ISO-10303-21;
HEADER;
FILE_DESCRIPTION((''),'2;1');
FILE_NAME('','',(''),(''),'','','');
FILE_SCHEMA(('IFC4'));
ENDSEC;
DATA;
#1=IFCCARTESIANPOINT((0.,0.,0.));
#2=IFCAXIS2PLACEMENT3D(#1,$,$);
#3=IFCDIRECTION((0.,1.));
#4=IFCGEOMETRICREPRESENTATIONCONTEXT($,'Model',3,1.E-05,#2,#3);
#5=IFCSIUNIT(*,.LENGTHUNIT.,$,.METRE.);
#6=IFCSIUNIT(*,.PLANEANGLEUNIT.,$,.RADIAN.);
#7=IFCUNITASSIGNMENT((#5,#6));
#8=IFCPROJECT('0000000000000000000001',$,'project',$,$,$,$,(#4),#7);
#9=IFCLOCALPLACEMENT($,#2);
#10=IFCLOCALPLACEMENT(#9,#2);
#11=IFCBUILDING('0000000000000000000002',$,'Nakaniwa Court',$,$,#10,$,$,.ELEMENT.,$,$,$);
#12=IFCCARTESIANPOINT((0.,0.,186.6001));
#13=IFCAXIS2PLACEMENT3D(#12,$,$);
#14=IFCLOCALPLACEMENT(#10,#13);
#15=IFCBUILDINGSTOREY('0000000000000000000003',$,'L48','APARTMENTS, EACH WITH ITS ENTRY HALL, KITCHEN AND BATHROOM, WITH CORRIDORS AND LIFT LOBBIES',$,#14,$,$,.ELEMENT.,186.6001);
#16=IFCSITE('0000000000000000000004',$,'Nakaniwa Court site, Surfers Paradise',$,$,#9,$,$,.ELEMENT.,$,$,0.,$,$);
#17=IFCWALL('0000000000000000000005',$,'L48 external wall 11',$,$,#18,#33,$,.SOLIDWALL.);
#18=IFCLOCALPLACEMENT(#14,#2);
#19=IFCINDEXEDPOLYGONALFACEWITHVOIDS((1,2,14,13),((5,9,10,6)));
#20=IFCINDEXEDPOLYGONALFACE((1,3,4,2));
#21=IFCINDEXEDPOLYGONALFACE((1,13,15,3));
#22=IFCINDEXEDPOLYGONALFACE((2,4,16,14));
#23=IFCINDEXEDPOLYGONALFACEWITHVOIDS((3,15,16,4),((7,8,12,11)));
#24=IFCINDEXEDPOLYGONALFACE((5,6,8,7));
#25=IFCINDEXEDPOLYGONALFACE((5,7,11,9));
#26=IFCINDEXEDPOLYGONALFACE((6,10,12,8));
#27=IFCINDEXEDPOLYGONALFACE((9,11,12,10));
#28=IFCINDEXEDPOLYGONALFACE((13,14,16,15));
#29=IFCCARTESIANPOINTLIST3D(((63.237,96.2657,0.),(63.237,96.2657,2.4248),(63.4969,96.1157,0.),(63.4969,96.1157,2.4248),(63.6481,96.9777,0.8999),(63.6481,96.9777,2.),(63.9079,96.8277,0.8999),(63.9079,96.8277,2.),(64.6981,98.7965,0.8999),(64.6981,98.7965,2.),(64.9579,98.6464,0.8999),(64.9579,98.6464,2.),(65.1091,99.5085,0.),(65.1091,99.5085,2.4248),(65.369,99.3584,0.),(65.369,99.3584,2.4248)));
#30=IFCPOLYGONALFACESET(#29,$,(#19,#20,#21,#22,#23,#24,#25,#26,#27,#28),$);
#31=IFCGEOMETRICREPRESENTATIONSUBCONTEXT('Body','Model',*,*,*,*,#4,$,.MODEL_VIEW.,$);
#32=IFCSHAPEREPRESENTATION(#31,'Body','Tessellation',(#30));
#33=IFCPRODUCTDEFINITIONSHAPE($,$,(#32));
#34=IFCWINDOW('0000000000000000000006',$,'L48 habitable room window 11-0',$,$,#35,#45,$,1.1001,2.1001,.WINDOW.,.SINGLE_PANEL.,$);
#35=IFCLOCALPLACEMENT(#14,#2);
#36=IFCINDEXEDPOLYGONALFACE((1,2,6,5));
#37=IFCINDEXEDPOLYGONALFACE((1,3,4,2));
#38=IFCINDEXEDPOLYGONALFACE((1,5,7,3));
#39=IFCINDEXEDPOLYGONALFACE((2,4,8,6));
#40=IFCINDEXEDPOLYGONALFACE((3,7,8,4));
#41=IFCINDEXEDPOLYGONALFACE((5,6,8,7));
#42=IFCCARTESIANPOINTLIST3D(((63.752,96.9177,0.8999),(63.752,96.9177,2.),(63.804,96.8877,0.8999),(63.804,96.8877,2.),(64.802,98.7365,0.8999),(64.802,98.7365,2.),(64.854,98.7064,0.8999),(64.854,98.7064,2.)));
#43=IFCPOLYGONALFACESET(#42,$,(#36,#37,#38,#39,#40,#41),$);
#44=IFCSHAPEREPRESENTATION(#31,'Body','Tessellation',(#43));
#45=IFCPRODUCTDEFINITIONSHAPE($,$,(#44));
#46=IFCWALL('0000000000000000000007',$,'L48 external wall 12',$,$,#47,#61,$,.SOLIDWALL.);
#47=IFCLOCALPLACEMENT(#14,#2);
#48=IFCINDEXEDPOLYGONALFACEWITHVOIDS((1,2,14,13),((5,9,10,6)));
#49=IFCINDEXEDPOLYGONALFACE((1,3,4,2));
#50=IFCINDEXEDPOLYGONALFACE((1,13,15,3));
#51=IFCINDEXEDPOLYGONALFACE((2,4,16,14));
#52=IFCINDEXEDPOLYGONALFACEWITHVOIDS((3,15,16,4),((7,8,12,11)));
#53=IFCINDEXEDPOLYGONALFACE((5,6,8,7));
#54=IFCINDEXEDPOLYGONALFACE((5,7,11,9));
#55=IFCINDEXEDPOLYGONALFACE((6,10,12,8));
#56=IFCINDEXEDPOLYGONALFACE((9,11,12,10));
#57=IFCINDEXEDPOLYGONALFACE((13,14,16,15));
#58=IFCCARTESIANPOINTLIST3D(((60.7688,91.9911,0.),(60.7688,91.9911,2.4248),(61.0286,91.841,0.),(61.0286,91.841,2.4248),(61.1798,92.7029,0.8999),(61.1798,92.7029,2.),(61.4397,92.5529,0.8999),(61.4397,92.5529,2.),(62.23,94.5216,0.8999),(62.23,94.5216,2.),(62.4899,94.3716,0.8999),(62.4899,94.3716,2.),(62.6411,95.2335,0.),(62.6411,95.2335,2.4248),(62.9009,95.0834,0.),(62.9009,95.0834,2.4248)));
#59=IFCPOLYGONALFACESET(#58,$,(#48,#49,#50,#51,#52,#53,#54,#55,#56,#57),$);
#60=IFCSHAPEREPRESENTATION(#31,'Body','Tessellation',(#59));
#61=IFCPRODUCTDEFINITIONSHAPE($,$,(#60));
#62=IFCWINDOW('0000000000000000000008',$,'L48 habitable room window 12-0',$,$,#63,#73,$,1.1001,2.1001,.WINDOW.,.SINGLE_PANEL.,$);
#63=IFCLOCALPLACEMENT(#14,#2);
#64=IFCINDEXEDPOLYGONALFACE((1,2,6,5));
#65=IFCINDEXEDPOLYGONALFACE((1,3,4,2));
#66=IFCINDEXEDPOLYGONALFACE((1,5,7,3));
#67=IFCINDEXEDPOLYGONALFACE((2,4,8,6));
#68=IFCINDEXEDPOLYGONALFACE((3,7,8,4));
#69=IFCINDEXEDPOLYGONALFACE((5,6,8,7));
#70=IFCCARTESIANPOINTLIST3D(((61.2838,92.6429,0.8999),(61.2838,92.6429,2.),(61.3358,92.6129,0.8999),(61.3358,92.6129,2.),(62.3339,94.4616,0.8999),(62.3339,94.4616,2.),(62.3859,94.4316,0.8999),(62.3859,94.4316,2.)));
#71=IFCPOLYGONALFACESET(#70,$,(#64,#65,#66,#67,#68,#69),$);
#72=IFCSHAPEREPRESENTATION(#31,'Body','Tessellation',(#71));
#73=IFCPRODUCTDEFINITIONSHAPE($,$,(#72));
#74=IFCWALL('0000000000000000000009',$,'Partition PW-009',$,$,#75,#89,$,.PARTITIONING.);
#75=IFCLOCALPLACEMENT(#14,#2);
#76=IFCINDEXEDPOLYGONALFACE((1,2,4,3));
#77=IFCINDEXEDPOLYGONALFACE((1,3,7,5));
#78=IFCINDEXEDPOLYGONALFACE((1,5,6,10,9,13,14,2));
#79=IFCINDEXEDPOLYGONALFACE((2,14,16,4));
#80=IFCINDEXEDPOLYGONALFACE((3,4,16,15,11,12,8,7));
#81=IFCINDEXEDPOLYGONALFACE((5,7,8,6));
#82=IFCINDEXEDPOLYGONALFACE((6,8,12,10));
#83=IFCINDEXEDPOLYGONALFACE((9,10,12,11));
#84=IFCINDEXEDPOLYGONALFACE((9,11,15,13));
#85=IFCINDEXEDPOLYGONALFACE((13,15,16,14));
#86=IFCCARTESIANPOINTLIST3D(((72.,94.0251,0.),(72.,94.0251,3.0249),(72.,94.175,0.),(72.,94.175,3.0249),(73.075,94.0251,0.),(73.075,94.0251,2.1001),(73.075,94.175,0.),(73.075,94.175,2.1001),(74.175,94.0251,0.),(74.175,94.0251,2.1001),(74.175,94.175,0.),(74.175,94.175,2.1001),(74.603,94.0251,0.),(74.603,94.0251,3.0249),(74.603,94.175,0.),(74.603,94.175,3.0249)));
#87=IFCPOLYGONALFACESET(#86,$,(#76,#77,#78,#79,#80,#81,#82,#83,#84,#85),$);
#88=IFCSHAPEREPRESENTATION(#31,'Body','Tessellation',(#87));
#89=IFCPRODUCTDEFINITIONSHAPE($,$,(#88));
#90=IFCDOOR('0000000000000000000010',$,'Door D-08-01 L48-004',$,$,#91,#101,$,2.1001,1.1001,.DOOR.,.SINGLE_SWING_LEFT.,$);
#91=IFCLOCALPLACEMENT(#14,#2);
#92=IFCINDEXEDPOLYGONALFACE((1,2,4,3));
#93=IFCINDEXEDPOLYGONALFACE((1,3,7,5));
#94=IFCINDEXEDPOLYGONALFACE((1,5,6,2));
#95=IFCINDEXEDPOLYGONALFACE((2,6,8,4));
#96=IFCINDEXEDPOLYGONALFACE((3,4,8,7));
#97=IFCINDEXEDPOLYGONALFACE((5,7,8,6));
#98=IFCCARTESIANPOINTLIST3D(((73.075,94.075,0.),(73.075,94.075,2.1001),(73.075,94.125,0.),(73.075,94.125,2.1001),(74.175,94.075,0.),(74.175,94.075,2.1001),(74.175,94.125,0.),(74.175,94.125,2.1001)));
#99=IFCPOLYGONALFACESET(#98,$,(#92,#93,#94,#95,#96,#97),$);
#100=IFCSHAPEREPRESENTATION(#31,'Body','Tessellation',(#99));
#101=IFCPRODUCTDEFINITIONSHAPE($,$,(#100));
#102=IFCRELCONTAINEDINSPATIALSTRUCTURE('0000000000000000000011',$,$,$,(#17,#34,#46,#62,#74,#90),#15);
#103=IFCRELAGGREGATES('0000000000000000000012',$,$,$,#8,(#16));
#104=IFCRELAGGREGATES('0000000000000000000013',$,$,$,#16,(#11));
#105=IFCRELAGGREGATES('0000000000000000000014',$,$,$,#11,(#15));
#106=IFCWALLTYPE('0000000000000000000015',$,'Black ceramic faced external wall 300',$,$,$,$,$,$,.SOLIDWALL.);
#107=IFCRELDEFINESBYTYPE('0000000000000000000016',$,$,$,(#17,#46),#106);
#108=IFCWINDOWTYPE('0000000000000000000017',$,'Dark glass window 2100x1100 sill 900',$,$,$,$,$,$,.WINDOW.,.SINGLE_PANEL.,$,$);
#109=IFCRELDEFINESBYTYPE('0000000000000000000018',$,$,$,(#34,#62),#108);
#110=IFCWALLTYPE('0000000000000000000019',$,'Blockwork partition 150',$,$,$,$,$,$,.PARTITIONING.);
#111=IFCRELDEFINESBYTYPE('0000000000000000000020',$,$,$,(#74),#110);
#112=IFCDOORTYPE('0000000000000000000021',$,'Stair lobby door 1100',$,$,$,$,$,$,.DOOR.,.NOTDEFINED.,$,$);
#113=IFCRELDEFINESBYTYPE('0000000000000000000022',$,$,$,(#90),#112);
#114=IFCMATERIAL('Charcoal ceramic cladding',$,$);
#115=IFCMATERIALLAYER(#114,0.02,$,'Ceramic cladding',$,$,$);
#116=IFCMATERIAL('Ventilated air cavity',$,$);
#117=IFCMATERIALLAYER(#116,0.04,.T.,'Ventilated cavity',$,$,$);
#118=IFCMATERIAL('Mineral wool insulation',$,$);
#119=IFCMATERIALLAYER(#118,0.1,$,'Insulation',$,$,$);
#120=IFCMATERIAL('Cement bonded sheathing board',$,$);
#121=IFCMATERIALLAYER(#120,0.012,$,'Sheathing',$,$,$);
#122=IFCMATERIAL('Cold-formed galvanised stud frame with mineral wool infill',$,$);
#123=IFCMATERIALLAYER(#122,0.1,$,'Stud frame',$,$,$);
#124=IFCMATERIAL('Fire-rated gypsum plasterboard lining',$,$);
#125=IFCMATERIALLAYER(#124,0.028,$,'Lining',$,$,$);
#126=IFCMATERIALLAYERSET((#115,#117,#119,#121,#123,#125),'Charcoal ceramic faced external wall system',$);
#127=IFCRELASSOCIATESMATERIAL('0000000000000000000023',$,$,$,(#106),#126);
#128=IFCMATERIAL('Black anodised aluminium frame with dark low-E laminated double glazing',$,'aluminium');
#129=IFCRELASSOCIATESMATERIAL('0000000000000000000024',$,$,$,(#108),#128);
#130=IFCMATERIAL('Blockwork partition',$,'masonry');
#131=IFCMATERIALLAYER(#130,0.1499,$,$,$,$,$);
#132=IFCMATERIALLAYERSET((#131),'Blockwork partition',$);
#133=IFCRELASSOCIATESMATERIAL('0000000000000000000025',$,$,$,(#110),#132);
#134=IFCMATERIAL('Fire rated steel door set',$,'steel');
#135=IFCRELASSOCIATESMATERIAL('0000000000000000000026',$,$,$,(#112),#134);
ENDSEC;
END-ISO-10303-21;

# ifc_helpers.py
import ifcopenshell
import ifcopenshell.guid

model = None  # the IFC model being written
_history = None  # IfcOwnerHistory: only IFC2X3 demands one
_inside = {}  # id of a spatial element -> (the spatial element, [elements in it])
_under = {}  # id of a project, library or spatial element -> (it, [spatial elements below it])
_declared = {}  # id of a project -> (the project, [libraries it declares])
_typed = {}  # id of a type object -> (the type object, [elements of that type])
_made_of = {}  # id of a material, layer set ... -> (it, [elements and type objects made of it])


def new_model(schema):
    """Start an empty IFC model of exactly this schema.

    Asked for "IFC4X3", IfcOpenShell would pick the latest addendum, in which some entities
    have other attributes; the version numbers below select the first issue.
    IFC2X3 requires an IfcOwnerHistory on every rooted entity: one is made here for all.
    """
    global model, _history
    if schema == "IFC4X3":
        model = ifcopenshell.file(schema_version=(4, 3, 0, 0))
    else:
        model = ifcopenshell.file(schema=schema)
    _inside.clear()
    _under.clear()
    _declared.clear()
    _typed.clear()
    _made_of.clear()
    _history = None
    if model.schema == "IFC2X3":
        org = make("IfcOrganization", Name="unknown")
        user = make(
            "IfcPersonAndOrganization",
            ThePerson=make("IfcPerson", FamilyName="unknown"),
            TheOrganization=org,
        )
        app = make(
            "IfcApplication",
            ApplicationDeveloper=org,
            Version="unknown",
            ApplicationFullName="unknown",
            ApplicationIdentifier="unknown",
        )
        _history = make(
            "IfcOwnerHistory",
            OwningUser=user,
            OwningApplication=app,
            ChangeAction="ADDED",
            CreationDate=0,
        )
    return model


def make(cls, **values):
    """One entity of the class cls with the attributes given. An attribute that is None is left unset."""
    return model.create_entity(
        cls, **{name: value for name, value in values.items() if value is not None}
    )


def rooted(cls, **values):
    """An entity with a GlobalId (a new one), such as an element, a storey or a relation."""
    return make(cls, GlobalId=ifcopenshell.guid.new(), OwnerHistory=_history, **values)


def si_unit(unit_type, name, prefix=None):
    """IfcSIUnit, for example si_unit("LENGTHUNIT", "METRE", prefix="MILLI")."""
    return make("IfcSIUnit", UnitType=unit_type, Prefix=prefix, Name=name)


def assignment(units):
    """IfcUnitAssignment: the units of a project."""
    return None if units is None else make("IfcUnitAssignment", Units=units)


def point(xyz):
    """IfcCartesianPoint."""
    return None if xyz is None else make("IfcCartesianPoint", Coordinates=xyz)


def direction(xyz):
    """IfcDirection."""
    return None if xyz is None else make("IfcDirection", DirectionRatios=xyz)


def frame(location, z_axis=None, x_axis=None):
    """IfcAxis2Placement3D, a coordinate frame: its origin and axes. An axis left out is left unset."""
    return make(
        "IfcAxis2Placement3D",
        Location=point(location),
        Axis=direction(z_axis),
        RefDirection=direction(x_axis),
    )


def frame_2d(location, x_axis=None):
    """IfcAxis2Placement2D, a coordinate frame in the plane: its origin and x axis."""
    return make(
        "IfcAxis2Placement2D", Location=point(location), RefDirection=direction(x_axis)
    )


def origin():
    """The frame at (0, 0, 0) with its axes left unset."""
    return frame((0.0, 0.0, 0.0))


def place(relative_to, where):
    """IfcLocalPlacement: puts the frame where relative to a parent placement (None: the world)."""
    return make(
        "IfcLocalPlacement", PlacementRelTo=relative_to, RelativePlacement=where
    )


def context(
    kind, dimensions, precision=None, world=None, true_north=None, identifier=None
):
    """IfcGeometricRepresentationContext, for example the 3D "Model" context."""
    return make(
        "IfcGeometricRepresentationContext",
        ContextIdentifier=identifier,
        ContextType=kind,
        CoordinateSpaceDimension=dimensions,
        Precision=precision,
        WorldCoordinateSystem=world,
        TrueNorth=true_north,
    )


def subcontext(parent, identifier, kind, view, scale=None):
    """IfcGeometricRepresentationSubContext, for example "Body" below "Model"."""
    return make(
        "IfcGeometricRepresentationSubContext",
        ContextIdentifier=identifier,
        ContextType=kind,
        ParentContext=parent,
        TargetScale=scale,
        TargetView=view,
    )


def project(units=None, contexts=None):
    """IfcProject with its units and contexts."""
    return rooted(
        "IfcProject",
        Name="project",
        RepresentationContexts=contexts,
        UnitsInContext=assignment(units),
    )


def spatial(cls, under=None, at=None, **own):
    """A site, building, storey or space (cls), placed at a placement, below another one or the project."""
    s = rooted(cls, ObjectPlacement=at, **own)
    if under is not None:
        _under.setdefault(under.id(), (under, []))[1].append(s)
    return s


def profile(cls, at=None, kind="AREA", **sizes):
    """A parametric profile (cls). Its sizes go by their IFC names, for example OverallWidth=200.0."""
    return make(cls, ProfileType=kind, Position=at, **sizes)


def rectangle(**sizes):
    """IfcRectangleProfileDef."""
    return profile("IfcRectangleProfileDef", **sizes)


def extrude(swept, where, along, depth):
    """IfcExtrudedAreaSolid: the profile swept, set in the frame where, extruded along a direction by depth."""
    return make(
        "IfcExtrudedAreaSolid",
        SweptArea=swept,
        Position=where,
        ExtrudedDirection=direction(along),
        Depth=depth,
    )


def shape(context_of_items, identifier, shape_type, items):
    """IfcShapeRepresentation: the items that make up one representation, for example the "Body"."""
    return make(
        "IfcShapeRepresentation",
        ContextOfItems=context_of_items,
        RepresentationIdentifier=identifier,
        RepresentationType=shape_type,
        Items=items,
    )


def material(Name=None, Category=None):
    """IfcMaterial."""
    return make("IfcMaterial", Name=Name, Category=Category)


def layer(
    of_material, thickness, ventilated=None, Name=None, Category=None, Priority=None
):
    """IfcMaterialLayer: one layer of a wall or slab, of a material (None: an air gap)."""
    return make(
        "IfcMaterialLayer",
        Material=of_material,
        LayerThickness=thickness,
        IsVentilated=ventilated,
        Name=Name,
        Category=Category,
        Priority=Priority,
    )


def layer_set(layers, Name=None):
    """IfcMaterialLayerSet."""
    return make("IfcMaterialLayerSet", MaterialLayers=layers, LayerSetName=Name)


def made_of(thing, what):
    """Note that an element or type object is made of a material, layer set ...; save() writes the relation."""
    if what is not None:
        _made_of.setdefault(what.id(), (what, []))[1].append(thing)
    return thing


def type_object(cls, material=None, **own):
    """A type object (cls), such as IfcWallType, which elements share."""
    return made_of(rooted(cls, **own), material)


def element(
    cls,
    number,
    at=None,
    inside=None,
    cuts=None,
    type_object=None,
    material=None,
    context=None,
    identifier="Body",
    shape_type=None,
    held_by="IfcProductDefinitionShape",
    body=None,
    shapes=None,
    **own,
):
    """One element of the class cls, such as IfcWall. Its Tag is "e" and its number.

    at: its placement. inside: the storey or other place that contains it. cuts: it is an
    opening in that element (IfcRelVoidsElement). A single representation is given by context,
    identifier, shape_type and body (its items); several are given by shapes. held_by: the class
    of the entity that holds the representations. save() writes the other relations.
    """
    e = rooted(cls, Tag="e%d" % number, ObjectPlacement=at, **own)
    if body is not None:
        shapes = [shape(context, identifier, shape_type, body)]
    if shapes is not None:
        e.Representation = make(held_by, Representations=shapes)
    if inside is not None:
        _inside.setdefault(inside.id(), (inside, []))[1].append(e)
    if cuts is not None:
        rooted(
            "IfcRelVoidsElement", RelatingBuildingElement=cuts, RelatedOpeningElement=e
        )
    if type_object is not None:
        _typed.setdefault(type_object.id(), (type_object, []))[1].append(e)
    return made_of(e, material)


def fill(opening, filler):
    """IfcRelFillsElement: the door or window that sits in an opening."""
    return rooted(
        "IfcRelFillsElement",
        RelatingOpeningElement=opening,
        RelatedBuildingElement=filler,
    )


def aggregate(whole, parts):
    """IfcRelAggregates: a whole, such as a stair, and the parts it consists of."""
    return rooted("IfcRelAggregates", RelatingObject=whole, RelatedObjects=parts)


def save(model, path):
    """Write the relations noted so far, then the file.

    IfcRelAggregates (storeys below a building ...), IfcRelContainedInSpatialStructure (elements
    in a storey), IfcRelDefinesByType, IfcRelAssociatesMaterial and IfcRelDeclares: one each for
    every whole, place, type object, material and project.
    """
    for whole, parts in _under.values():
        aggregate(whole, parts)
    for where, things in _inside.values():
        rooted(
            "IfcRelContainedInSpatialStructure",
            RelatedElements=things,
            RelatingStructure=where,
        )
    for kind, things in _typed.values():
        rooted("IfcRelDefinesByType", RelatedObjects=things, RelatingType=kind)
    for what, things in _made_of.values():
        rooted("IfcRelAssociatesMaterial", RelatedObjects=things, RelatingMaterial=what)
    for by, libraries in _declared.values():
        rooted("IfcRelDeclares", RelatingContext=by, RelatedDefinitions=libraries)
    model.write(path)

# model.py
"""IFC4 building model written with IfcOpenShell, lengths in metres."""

from ifc_helpers import new_model, si_unit, direction, frame, frame_2d, origin, place, context, subcontext, project, spatial, rectangle, extrude, material, layer, layer_set, type_object, element, fill, save


model = new_model("IFC4")

# Units and contexts
model_context = context("Model", 3, precision=1e-05, world=origin(), true_north=direction((0.0, 1.0)))
body_context = subcontext(model_context, "Body", "Model", "MODEL_VIEW")
ifc_project = project(units=[si_unit("LENGTHUNIT", "METRE"), si_unit("PLANEANGLEUNIT", "RADIAN")], contexts=[model_context])

# Site, building, storey
site_placement = place(None, origin())
site = spatial("IfcSite", under=ifc_project, at=site_placement, Name="Nakaniwa Court site, Surfers Paradise", CompositionType="ELEMENT", RefElevation=0.0)
building_placement = place(site_placement, origin())
building = spatial("IfcBuilding", under=site, at=building_placement, Name="Nakaniwa Court", CompositionType="ELEMENT")
storey_placement = place(building_placement, frame((0.0, 0.0, 186.6001)))
storey = spatial("IfcBuildingStorey", under=building, at=storey_placement, Name="L48", Description="APARTMENTS, EACH WITH ITS ENTRY HALL, KITCHEN AND BATHROOM, WITH CORRIDORS AND LIFT LOBBIES", CompositionType="ELEMENT", Elevation=186.6001)

# Walls, openings, windows
ifc_material_1 = material(Name="Charcoal ceramic cladding")
ifc_layer_1 = layer(ifc_material_1, 0.02, Name="Ceramic cladding")
ifc_material_2 = material(Name="Ventilated air cavity")
ifc_layer_2 = layer(ifc_material_2, 0.04, ventilated=True, Name="Ventilated cavity")
ifc_material_3 = material(Name="Mineral wool insulation")
ifc_layer_3 = layer(ifc_material_3, 0.1, Name="Insulation")
ifc_material_4 = material(Name="Cement bonded sheathing board")
ifc_layer_4 = layer(ifc_material_4, 0.012, Name="Sheathing")
ifc_material_5 = material(Name="Cold-formed galvanised stud frame with mineral wool infill")
ifc_layer_5 = layer(ifc_material_5, 0.1, Name="Stud frame")
ifc_material_6 = material(Name="Fire-rated gypsum plasterboard lining")
ifc_layer_6 = layer(ifc_material_6, 0.028, Name="Lining")
ifc_layer_set_1 = layer_set([ifc_layer_1, ifc_layer_2, ifc_layer_3, ifc_layer_4, ifc_layer_5, ifc_layer_6], Name="Charcoal ceramic faced external wall system")
wall_type_1 = type_object("IfcWallType", Name="Black ceramic faced external wall 300", PredefinedType="SOLIDWALL", material=ifc_layer_set_1)
ifc_material_7 = material(Name="Black anodised aluminium frame with dark low-E laminated double glazing", Category="aluminium")
wall_1_placement = place(storey_placement, frame((65.239, 99.4333, 0.0), z_axis=(0.0, 0.0, 1.0), x_axis=(-0.499982, -0.866036, 0.0)))
wall_1 = element("IfcWall", 1, at=wall_1_placement, inside=storey, type_object=wall_type_1, Name="L48 external wall 11", PredefinedType="SOLIDWALL", context=body_context, shape_type="SweptSolid", body=[
    extrude(rectangle(XDim=3.7444, YDim=0.3, at=frame_2d((1.8721, 0.0))), origin(), (0.0, 0.0, 1.0), 2.4248),
])
opening_1_placement = place(wall_1_placement, frame((0.822, 0.0, 0.8999)))
opening_1 = element("IfcOpeningElement", 2, at=opening_1_placement, cuts=wall_1, PredefinedType="OPENING", context=body_context, shape_type="SweptSolid", body=[
    extrude(rectangle(XDim=2.1001, YDim=1.1001, at=frame_2d((1.05, 0.55))), frame((0.0, 0.1599, 0.0), z_axis=(0.0, -1.0, 0.0), x_axis=(1.0, 0.0, 0.0)), (0.0, 0.0, 1.0), 0.3201),
])
window_type_1 = type_object("IfcWindowType", Name="Dark glass window 2100x1100 sill 900", PartitioningType="SINGLE_PANEL", PredefinedType="WINDOW", material=ifc_material_7)
window_1_placement = place(opening_1_placement, origin())
window_1 = element("IfcWindow", 3, at=window_1_placement, inside=storey, type_object=window_type_1, Name="L48 habitable room window 11-0", OverallHeight=1.1001, OverallWidth=2.1001, PartitioningType="SINGLE_PANEL", PredefinedType="WINDOW", context=body_context, shape_type="SweptSolid", body=[
    extrude(rectangle(XDim=2.1001, YDim=1.1001, at=frame_2d((1.05, 0.55))), frame((0.0, 0.03, 0.0), z_axis=(0.0, -1.0, 0.0), x_axis=(1.0, 0.0, 0.0)), (0.0, 0.0, 1.0), 0.0601),
])
fill(opening_1, window_1)
wall_2_placement = place(storey_placement, frame((62.771, 95.1584, 0.0), z_axis=(0.0, 0.0, 1.0), x_axis=(-0.500059, -0.865991, 0.0)))
wall_2 = element("IfcWall", 4, at=wall_2_placement, inside=storey, type_object=wall_type_1, Name="L48 external wall 12", PredefinedType="SOLIDWALL", context=body_context, shape_type="SweptSolid", body=[
    extrude(rectangle(XDim=3.7441, YDim=0.3, at=frame_2d((1.8721, 0.0))), origin(), (0.0, 0.0, 1.0), 2.4248),
])
opening_2_placement = place(wall_2_placement, frame((0.822, 0.0, 0.8999)))
opening_2 = element("IfcOpeningElement", 5, at=opening_2_placement, cuts=wall_2, PredefinedType="OPENING", context=body_context, shape_type="SweptSolid", body=[
    extrude(rectangle(XDim=2.1001, YDim=1.1001, at=frame_2d((1.05, 0.55))), frame((0.0, 0.1599, 0.0), z_axis=(0.0, -1.0, 0.0), x_axis=(1.0, 0.0, 0.0)), (0.0, 0.0, 1.0), 0.3201),
])
window_2_placement = place(opening_2_placement, origin())
window_2 = element("IfcWindow", 6, at=window_2_placement, inside=storey, type_object=window_type_1, Name="L48 habitable room window 12-0", OverallHeight=1.1001, OverallWidth=2.1001, PartitioningType="SINGLE_PANEL", PredefinedType="WINDOW", context=body_context, shape_type="SweptSolid", body=[
    extrude(rectangle(XDim=2.1001, YDim=1.1001, at=frame_2d((1.05, 0.55))), frame((0.0, 0.03, 0.0), z_axis=(0.0, -1.0, 0.0), x_axis=(1.0, 0.0, 0.0)), (0.0, 0.0, 1.0), 0.0601),
])
fill(opening_2, window_2)

# Wall, opening, door
ifc_material_8 = material(Name="Blockwork partition", Category="masonry")
ifc_layer_7 = layer(ifc_material_8, 0.1499)
ifc_layer_set_2 = layer_set([ifc_layer_7], Name="Blockwork partition")
wall_type_2 = type_object("IfcWallType", Name="Blockwork partition 150", PredefinedType="PARTITIONING", material=ifc_layer_set_2)
wall_3_placement = place(storey_placement, frame((72.0, 94.1001, 0.0), z_axis=(0.0, 0.0, 1.0), x_axis=(1.0, 0.0, 0.0)))
wall_3 = element("IfcWall", 7, at=wall_3_placement, inside=storey, type_object=wall_type_2, Name="Partition PW-009", PredefinedType="PARTITIONING", context=body_context, shape_type="SweptSolid", body=[
    extrude(rectangle(XDim=2.603, YDim=0.1499, at=frame_2d((1.3015, 0.0))), origin(), (0.0, 0.0, 1.0), 3.0249),
])
opening_3_placement = place(wall_3_placement, frame((1.075, 0.0, 0.0)))
opening_3 = element("IfcOpeningElement", 8, at=opening_3_placement, cuts=wall_3, PredefinedType="OPENING", context=body_context, shape_type="SweptSolid", body=[
    extrude(rectangle(XDim=1.1001, YDim=2.1001, at=frame_2d((0.55, 1.05))), frame((0.0, 0.085, 0.0), z_axis=(0.0, -1.0, 0.0), x_axis=(1.0, 0.0, 0.0)), (0.0, 0.0, 1.0), 0.1699),
])
ifc_material_9 = material(Name="Fire rated steel door set", Category="steel")
door_type_1 = type_object("IfcDoorType", Name="Stair lobby door 1100", OperationType="NOTDEFINED", PredefinedType="DOOR", material=ifc_material_9)
door_1_placement = place(opening_3_placement, origin())
door_1 = element("IfcDoor", 9, at=door_1_placement, inside=storey, type_object=door_type_1, Name="Door D-08-01 L48-004", OperationType="SINGLE_SWING_LEFT", OverallHeight=2.1001, OverallWidth=1.1001, PredefinedType="DOOR", context=body_context, shape_type="SweptSolid", body=[
    extrude(rectangle(XDim=1.1001, YDim=2.1001, at=frame_2d((0.55, 1.05))), frame((0.0, 0.0249, 0.0), z_axis=(0.0, -1.0, 0.0), x_axis=(1.0, 0.0, 0.0)), (0.0, 0.0, 1.0), 0.05),
])
fill(opening_3, door_1)

save(model, "model.ifc")
